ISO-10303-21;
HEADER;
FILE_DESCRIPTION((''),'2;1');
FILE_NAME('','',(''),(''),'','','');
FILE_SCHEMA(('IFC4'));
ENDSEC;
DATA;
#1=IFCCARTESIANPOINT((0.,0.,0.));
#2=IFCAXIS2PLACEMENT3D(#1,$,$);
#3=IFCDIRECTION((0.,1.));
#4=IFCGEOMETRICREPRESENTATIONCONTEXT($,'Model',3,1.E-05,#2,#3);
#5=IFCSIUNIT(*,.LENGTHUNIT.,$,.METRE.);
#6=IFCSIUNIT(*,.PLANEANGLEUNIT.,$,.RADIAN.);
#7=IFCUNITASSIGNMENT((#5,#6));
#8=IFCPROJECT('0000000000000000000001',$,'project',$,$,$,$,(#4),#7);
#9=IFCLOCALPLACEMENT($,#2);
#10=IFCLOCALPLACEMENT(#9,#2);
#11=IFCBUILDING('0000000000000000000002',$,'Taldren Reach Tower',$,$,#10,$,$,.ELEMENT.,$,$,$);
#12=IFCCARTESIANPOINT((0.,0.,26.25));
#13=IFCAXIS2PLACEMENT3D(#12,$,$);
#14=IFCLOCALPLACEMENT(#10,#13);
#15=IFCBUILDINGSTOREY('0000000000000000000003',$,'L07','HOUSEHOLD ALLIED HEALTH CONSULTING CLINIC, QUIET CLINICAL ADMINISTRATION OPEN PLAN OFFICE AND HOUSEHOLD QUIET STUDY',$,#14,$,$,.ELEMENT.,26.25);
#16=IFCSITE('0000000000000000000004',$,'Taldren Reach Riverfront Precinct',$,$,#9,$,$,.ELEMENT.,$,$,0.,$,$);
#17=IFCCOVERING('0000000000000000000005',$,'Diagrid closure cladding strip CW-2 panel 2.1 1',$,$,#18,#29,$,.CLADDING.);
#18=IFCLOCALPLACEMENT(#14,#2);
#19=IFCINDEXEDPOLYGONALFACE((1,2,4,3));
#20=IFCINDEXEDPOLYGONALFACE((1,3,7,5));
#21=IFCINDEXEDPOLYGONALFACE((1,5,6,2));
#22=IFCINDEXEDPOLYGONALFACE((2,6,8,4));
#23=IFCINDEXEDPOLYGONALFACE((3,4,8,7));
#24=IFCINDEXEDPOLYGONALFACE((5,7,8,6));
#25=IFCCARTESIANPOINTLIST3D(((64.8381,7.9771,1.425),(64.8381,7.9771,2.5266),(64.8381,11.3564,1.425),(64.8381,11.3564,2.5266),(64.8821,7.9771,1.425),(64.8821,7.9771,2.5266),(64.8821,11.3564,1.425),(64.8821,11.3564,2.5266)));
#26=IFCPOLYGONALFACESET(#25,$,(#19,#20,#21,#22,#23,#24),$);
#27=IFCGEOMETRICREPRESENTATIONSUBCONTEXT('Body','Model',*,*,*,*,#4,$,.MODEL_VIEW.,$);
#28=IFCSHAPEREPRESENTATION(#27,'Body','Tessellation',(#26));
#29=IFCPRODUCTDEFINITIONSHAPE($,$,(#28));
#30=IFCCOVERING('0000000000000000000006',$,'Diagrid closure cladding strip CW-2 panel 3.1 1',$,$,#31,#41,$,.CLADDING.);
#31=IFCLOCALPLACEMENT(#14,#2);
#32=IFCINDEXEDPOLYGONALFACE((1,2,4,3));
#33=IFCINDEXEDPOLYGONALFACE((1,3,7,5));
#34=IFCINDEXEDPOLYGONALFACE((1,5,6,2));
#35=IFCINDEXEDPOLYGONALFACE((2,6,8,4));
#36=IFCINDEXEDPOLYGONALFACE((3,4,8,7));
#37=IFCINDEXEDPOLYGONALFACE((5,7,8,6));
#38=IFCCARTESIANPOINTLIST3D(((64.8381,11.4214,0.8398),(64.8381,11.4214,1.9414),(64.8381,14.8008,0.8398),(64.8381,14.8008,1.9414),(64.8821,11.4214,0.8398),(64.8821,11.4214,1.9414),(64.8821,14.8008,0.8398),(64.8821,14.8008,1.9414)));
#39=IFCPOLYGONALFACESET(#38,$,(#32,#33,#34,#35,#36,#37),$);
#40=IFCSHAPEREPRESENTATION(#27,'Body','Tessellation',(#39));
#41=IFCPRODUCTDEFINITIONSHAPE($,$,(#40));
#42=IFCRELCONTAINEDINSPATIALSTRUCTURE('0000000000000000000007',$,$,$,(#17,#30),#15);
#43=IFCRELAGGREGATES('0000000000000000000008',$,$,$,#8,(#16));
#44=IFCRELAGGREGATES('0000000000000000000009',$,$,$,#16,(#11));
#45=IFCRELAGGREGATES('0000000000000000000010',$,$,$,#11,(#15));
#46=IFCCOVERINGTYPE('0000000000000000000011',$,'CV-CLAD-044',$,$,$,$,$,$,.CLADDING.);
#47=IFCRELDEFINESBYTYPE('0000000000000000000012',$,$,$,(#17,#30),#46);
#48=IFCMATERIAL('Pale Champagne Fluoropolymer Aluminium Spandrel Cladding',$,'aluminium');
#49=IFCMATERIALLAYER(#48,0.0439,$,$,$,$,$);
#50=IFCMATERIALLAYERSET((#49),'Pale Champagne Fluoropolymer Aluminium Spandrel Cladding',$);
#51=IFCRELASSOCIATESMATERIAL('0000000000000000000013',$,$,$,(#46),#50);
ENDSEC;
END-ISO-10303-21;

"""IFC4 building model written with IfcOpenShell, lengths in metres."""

from ifc_helpers import new_model, si_unit, direction, frame, origin, origin_2d, place, context, subcontext, project, spatial, rectangle, extrude, source, transform, mapped, material, layer, layer_set, type_object, element, save


model = new_model("IFC4")

# Units and contexts
model_context = context("Model", 3, precision=1e-05, world=origin(), true_north=direction((0.0, 1.0)))
body_context = subcontext(model_context, "Body", "Model", "MODEL_VIEW")
ifc_project = project(units=[si_unit("LENGTHUNIT", "METRE"), si_unit("PLANEANGLEUNIT", "RADIAN")], contexts=[model_context])

# Site, building, storey
site_placement = place(None, origin())
site = spatial("IfcSite", under=ifc_project, at=site_placement, Name="Taldren Reach Riverfront Precinct", CompositionType="ELEMENT", RefElevation=0.0)
building_placement = place(site_placement, origin())
building = spatial("IfcBuilding", under=site, at=building_placement, Name="Taldren Reach Tower", CompositionType="ELEMENT")
storey_placement = place(building_placement, frame((0.0, 0.0, 26.25)))
storey = spatial("IfcBuildingStorey", under=building, at=storey_placement, Name="L07", Description="HOUSEHOLD ALLIED HEALTH CONSULTING CLINIC, QUIET CLINICAL ADMINISTRATION OPEN PLAN OFFICE AND HOUSEHOLD QUIET STUDY", CompositionType="ELEMENT", Elevation=26.25)

# Coverings
ifc_material_1 = material(Name="Pale Champagne Fluoropolymer Aluminium Spandrel Cladding", Category="aluminium")
ifc_layer_1 = layer(ifc_material_1, 0.0439)
ifc_layer_set_1 = layer_set([ifc_layer_1], Name="Pale Champagne Fluoropolymer Aluminium Spandrel Cladding")
covering_type = type_object("IfcCoveringType", Name="CV-CLAD-044", PredefinedType="CLADDING", material=ifc_layer_set_1)
shared_shape_1 = source(origin(), body_context, "Body", "SweptSolid", [
    extrude(rectangle(XDim=3.3794, YDim=0.0439, at=origin_2d()), origin(), (0.0, 0.0, 1.0), 1.1016),
])
for number, where, z_axis, x_axis, name in (
    (1, (64.8601, 9.6667, 1.425), (0.0, 0.0, 1.0), (0.0, 1.0, 0.0), "Diagrid closure cladding strip CW-2 panel 2.1 1"),
    (2, (64.8601, 13.1111, 0.8398), (0.0, 0.0, 1.0), (0.0, 1.0, 0.0), "Diagrid closure cladding strip CW-2 panel 3.1 1"),
):
    element("IfcCovering", number, at=place(storey_placement, frame(where, z_axis=z_axis, x_axis=x_axis)), inside=storey, type_object=covering_type, Name=name, PredefinedType="CLADDING", context=body_context, shape_type="MappedRepresentation", body=[
        mapped(shared_shape_1, transform((0.0, 0.0, 0.0), scale=1.0)),
    ])

save(model, "model.ifc")
